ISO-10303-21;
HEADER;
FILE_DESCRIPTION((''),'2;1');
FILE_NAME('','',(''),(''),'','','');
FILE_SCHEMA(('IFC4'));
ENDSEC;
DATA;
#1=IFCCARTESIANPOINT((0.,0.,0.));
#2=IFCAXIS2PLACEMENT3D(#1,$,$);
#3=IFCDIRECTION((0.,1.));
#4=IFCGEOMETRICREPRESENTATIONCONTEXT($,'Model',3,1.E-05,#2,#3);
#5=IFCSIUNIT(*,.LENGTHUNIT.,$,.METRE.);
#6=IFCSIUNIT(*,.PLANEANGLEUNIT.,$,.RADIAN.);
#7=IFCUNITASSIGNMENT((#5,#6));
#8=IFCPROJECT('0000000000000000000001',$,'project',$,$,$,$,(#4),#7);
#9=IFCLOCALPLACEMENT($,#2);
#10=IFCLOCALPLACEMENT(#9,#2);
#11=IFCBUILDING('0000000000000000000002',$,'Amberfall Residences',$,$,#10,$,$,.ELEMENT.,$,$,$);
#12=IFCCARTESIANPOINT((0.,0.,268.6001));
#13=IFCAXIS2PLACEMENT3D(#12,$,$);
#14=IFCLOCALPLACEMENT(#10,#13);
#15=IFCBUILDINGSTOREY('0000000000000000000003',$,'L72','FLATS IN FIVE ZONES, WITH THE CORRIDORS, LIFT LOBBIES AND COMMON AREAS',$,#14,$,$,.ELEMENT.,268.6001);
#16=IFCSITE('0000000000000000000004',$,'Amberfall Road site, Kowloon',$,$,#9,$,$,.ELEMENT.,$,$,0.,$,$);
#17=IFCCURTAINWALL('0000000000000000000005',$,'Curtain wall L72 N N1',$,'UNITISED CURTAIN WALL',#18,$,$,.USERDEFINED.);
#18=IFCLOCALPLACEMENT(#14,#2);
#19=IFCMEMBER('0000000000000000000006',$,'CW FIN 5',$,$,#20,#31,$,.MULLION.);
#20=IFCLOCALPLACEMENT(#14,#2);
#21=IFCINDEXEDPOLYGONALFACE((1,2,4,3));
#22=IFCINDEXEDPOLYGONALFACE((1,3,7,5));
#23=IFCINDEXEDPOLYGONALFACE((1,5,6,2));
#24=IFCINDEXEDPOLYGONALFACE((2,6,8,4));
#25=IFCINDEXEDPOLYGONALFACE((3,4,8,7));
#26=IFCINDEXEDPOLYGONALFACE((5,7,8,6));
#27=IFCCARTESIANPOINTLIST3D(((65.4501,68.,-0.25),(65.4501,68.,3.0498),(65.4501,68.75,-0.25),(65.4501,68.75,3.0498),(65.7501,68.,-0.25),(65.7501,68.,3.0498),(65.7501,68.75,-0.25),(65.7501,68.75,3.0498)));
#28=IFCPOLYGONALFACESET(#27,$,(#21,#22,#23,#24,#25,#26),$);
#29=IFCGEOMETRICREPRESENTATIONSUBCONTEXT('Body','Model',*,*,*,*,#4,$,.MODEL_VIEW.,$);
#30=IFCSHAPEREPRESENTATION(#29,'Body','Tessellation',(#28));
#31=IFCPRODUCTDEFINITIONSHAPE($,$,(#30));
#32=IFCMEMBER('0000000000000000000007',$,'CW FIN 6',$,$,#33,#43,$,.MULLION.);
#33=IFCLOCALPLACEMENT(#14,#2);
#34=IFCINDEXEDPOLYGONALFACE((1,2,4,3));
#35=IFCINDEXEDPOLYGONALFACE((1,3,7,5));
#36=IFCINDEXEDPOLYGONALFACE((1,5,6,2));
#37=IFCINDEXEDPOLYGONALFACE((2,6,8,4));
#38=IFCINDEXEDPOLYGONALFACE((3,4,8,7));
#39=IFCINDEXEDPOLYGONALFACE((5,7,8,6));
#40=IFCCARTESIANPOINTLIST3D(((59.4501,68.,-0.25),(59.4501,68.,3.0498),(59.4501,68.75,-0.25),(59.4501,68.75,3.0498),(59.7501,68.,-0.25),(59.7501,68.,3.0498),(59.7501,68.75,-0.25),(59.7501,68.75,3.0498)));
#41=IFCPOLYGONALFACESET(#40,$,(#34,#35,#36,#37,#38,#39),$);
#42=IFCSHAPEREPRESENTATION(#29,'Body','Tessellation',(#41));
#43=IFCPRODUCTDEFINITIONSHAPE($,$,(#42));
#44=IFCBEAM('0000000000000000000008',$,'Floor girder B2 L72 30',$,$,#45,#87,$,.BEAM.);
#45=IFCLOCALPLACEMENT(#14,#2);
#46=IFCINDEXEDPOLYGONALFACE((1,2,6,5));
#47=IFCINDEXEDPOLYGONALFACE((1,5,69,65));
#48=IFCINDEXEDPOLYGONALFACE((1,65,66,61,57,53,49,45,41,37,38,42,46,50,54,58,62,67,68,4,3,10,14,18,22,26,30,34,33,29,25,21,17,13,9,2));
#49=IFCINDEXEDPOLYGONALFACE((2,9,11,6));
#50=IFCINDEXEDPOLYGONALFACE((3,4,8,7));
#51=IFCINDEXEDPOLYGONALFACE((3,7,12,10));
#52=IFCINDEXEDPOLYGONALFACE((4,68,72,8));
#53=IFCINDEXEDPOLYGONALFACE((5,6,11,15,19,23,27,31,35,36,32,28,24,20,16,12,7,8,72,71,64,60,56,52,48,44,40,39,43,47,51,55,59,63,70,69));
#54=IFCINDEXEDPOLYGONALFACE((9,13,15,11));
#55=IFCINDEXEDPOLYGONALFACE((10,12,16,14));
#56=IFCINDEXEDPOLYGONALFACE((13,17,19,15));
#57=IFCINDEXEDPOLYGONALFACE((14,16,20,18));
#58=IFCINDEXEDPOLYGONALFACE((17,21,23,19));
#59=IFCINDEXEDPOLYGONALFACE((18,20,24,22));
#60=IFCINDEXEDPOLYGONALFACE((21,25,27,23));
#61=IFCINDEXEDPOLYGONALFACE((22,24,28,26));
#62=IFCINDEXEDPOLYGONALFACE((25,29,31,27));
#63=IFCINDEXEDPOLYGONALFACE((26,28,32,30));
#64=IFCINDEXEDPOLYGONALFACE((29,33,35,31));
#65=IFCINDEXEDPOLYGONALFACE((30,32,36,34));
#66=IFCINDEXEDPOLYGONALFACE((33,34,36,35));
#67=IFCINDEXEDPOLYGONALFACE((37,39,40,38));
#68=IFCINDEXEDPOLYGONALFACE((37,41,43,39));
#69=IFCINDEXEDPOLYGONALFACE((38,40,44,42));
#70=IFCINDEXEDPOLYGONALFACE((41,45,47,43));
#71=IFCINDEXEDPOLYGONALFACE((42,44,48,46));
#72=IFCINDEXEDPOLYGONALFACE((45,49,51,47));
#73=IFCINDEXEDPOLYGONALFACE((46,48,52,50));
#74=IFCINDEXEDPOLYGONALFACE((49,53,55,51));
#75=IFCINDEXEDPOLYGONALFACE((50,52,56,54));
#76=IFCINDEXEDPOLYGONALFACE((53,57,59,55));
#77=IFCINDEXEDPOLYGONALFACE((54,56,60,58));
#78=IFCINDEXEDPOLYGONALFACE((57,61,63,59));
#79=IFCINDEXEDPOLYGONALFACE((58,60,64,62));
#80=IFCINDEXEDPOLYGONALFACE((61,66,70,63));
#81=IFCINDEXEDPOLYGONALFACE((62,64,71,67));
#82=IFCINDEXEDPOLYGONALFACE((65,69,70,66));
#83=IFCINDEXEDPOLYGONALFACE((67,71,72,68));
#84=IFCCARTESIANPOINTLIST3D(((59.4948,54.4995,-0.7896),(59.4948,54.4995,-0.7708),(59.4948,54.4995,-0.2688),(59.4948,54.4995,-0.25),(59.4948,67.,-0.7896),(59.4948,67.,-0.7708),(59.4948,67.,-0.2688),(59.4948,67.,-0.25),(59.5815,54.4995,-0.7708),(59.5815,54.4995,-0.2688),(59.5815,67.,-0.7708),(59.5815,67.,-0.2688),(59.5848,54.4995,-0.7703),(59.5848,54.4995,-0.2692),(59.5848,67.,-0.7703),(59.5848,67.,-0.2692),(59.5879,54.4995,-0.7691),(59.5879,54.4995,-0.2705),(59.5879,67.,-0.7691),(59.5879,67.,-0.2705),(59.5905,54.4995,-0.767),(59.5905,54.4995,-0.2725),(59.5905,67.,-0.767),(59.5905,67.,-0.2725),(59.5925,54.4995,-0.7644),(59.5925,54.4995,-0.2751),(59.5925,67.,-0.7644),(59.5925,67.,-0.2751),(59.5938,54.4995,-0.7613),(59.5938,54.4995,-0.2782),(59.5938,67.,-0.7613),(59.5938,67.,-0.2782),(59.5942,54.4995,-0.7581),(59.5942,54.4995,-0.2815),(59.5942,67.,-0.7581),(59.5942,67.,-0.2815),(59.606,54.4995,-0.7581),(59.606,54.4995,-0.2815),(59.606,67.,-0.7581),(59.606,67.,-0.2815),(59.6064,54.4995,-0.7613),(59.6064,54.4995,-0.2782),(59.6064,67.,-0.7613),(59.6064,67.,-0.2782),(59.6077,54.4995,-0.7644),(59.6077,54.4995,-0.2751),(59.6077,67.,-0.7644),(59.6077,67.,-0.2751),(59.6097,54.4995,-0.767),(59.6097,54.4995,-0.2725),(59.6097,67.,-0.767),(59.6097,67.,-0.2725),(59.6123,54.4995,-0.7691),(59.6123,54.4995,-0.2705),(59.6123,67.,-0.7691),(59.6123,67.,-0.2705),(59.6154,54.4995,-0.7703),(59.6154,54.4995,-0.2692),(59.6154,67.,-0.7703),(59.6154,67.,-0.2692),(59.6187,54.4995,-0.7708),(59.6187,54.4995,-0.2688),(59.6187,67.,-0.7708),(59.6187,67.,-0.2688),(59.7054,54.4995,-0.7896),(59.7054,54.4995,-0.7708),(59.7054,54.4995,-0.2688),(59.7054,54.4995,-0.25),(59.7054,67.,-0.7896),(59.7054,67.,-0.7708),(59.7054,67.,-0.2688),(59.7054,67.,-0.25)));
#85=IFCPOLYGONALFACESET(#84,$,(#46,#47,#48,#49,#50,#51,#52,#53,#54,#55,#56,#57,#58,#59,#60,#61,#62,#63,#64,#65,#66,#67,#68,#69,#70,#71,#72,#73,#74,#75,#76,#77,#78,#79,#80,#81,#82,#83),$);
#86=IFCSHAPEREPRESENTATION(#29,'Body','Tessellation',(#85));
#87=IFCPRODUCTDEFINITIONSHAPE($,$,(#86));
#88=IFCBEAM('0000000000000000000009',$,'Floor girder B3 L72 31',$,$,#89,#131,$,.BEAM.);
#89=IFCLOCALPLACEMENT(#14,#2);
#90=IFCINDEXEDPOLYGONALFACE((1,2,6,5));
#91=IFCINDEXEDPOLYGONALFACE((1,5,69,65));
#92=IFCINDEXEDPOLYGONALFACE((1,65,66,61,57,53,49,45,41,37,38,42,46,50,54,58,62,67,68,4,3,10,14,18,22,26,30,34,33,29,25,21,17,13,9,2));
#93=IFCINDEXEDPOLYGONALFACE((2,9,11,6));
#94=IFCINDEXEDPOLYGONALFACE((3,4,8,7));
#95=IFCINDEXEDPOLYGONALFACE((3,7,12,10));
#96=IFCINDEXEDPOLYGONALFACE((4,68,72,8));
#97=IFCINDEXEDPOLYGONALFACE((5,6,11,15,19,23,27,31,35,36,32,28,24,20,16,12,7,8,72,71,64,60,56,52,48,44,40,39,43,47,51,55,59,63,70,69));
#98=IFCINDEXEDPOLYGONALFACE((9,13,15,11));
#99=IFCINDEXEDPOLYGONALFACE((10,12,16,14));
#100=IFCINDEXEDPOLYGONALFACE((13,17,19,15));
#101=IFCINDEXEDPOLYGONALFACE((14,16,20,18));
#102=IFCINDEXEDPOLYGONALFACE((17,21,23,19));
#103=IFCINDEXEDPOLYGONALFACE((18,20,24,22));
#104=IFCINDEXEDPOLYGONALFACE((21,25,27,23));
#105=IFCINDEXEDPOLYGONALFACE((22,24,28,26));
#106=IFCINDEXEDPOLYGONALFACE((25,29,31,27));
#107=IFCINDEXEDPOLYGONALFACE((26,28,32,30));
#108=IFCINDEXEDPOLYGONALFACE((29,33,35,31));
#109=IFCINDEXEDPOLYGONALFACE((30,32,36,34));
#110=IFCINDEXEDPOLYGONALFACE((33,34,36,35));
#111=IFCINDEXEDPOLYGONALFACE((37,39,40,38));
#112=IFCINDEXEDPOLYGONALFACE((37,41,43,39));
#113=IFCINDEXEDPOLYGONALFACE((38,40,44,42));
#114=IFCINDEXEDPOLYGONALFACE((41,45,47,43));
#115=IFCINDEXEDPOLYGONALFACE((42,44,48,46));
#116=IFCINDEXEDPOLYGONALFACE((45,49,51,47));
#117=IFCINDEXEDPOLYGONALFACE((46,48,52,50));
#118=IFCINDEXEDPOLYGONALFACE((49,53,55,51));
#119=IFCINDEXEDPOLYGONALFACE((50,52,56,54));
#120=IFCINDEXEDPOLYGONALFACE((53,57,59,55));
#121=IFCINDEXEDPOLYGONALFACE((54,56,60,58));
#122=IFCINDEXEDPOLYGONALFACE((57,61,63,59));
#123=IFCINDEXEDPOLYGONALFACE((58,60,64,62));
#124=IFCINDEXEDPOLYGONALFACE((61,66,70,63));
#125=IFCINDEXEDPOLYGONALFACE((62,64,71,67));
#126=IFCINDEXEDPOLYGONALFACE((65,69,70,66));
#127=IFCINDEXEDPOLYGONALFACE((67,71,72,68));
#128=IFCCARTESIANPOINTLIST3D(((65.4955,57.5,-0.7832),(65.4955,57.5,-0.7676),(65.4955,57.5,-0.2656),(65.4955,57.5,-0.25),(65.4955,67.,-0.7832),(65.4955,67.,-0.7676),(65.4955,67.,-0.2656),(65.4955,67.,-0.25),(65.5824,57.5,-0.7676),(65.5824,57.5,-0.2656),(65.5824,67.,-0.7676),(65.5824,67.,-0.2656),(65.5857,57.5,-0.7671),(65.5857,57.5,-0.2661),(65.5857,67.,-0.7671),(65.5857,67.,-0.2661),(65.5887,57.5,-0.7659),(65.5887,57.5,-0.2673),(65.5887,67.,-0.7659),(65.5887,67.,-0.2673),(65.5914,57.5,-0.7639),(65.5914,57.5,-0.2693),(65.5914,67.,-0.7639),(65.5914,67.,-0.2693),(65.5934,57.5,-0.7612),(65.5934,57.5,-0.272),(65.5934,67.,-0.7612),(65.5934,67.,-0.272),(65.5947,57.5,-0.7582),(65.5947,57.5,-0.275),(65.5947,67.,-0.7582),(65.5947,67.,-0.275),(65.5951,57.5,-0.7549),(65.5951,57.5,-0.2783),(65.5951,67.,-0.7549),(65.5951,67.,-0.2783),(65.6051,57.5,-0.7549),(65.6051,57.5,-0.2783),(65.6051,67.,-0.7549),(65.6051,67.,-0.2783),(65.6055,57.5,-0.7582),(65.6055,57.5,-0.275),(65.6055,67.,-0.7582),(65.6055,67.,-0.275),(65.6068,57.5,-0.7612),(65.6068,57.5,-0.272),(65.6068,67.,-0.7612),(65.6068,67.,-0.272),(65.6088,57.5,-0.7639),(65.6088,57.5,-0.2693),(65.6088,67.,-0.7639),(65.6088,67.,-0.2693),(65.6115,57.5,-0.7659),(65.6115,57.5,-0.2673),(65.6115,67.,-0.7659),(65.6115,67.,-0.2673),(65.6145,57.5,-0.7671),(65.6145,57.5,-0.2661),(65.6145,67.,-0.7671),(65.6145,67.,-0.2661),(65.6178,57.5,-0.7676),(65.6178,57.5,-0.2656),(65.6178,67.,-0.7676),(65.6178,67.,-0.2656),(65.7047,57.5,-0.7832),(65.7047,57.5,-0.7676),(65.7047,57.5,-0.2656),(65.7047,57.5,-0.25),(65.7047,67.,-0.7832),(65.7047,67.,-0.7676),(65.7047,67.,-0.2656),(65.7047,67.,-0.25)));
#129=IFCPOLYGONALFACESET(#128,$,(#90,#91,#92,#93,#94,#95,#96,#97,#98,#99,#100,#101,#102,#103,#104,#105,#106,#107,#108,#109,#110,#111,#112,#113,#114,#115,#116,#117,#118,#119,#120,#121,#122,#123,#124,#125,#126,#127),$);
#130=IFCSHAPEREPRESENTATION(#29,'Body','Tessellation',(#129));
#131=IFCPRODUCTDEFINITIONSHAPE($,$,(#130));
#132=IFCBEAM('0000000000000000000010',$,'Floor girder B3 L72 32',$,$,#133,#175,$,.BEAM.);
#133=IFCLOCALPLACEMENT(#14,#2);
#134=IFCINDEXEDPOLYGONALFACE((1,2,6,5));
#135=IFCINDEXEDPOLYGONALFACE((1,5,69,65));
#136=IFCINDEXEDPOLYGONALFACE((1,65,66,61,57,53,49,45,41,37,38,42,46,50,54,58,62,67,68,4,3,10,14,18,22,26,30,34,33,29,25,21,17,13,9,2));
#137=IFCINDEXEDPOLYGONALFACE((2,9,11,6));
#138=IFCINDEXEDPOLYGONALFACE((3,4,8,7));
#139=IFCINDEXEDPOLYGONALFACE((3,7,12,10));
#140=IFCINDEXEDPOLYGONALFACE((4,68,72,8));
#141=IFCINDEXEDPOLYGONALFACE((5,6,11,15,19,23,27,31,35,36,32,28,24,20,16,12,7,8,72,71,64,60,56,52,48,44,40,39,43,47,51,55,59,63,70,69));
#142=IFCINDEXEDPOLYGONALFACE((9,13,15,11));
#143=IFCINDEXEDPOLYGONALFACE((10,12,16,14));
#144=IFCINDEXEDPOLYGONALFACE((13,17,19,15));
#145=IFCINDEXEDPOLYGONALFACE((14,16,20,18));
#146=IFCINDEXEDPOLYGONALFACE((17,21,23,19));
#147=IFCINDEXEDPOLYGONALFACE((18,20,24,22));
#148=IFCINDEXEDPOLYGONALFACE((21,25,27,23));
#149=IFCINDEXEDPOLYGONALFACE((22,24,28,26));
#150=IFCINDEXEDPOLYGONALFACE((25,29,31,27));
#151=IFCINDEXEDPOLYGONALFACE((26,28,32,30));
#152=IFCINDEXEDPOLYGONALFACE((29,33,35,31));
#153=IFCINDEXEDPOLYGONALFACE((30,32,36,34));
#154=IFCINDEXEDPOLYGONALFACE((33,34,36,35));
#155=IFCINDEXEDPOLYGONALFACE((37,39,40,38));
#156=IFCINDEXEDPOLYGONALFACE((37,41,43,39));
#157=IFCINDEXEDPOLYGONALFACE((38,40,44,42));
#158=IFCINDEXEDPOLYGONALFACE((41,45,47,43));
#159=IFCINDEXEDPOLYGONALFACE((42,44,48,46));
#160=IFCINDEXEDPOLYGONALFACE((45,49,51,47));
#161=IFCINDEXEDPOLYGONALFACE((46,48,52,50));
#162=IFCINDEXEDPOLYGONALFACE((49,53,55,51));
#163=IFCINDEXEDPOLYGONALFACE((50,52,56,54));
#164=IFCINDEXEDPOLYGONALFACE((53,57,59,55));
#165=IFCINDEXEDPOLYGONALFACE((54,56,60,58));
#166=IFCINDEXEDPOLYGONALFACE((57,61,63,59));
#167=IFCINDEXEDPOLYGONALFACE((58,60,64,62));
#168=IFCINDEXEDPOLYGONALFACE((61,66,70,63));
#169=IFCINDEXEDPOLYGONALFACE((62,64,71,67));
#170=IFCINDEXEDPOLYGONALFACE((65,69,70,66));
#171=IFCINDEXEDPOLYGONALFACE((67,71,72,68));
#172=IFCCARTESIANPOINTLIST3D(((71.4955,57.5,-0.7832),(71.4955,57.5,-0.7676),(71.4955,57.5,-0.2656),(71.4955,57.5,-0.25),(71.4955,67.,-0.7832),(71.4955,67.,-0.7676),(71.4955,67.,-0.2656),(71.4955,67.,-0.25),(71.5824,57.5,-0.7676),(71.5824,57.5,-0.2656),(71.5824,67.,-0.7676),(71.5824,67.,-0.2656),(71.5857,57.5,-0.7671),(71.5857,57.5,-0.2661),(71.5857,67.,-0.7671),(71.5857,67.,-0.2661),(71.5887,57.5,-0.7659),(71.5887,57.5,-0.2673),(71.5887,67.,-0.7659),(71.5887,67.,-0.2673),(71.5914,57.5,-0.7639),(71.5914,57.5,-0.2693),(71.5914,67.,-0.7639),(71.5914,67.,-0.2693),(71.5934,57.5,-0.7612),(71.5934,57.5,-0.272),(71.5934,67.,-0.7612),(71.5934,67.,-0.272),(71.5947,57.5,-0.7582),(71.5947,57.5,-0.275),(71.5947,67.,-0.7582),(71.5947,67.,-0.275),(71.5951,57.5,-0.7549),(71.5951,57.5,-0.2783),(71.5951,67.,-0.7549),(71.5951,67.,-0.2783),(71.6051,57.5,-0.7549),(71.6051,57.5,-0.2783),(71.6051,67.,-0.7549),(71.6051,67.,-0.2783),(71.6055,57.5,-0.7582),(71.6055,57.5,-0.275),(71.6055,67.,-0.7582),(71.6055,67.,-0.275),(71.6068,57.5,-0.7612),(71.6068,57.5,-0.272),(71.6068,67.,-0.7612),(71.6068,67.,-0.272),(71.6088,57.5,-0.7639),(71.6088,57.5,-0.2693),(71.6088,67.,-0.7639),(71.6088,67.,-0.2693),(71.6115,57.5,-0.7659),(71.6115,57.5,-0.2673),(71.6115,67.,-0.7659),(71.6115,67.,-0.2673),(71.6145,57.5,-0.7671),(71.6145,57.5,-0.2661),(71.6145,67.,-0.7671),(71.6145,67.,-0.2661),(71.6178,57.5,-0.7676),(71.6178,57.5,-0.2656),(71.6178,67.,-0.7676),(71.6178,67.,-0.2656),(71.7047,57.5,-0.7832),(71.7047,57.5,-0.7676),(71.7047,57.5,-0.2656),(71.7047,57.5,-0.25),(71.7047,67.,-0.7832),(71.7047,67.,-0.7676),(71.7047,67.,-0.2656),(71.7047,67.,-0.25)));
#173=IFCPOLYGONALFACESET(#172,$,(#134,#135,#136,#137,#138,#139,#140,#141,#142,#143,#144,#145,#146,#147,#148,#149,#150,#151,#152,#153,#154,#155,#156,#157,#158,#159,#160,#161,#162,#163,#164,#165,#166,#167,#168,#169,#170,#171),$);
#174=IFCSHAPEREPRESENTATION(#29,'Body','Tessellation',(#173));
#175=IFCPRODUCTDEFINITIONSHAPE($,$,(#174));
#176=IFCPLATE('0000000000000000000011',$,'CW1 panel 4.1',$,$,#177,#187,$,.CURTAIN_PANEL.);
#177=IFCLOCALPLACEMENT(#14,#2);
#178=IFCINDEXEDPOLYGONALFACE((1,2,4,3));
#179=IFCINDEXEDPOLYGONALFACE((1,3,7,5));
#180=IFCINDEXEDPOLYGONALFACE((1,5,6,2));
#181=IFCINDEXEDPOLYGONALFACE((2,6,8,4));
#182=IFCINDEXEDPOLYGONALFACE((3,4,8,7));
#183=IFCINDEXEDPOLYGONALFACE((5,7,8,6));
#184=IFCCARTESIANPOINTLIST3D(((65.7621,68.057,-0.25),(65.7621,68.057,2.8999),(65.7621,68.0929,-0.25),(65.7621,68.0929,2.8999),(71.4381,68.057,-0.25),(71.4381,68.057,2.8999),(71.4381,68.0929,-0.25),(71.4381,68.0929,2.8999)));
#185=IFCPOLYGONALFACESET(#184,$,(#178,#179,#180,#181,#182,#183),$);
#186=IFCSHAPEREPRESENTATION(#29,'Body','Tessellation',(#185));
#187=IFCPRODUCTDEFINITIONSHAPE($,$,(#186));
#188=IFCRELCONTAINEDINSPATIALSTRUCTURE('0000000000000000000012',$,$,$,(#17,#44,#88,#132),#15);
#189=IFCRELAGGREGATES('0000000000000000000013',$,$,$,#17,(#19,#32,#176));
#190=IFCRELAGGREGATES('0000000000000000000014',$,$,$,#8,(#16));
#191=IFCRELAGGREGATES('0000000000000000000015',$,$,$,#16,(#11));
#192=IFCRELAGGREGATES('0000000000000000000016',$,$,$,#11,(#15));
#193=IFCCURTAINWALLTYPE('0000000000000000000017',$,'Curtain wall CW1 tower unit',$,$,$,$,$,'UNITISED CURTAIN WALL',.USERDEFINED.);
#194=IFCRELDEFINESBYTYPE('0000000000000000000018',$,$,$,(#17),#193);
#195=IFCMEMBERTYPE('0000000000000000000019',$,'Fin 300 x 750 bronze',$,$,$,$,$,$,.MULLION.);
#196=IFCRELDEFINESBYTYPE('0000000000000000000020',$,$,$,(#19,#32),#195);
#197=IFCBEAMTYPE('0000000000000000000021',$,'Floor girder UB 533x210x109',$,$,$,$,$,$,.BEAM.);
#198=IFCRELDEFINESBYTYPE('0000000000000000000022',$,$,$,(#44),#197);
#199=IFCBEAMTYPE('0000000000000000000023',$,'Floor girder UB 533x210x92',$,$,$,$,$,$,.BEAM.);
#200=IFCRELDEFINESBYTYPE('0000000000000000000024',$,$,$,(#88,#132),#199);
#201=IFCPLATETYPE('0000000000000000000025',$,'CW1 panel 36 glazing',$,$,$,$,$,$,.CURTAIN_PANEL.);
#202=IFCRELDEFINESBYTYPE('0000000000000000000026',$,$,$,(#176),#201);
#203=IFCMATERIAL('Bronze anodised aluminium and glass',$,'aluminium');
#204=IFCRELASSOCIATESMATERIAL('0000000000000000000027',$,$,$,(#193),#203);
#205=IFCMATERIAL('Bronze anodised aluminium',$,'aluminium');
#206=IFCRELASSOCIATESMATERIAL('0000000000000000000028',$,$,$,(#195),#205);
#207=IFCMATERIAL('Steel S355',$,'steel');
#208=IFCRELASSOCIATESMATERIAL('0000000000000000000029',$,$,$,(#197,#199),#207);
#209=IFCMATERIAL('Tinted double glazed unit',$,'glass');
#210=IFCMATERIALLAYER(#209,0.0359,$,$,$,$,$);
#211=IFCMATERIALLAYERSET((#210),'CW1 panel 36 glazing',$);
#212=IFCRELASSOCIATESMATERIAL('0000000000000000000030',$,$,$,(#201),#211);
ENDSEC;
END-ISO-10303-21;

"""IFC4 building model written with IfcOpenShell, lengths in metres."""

from ifc_helpers import new_model, si_unit, direction, frame, origin, origin_2d, place, context, subcontext, project, spatial, rectangle, i_section, extrude, material, layer, layer_set, material_profile, profile_set, type_object, element, aggregate, save


model = new_model("IFC4")

# Units and contexts
model_context = context("Model", 3, precision=1e-05, world=origin(), true_north=direction((0.0, 1.0)))
body_context = subcontext(model_context, "Body", "Model", "MODEL_VIEW")
ifc_project = project(units=[si_unit("LENGTHUNIT", "METRE"), si_unit("PLANEANGLEUNIT", "RADIAN")], contexts=[model_context])

# Site, building, storey
site_placement = place(None, origin())
site = spatial("IfcSite", under=ifc_project, at=site_placement, Name="Amberfall Road site, Kowloon", CompositionType="ELEMENT", RefElevation=0.0)
building_placement = place(site_placement, origin())
building = spatial("IfcBuilding", under=site, at=building_placement, Name="Amberfall Residences", CompositionType="ELEMENT")
storey_placement = place(building_placement, frame((0.0, 0.0, 268.6001)))
storey = spatial("IfcBuildingStorey", under=building, at=storey_placement, Name="L72", Description="FLATS IN FIVE ZONES, WITH THE CORRIDORS, LIFT LOBBIES AND COMMON AREAS", CompositionType="ELEMENT", Elevation=268.6001)

# Curtain wall
ifc_material_1 = material(Name="Bronze anodised aluminium and glass", Category="aluminium")
curtain_wall_type = type_object("IfcCurtainWallType", Name="Curtain wall CW1 tower unit", ElementType="UNITISED CURTAIN WALL", PredefinedType="USERDEFINED", material=ifc_material_1)
curtain_wall_placement = place(storey_placement, origin())
curtain_wall = element("IfcCurtainWall", 1, at=curtain_wall_placement, inside=storey, type_object=curtain_wall_type, Name="Curtain wall L72 N N1", ObjectType="UNITISED CURTAIN WALL", PredefinedType="USERDEFINED")
ifc_material_2 = material(Name="Bronze anodised aluminium", Category="aluminium")

# Shared definitions
ifc_material_3 = material(Name="Steel S355", Category="steel")

# Members
ifc_material_profile_1 = material_profile(ifc_material_2, rectangle(XDim=0.75, YDim=0.3, at=origin_2d()), Name="Fin 300 x 750 bronze")
ifc_profile_set_1 = profile_set([ifc_material_profile_1], Name="Bronze anodised aluminium")
member_type_1 = type_object("IfcMemberType", Name="Fin 300 x 750 bronze", PredefinedType="MULLION", material=ifc_profile_set_1)
member_1_placement = place(storey_placement, frame((65.6001, 68.375, -0.25), z_axis=(0.0, 0.0, 1.0), x_axis=(0.0, -1.0, 0.0)))
member_1 = element("IfcMember", 2, at=member_1_placement, type_object=member_type_1, Name="CW FIN 5", PredefinedType="MULLION", context=body_context, shape_type="SweptSolid", body=[
    extrude(rectangle(XDim=0.75, YDim=0.3, at=origin_2d()), origin(), (0.0, 0.0, 1.0), 3.2998),
])
member_2_placement = place(storey_placement, frame((59.6001, 68.375, -0.25), z_axis=(0.0, 0.0, 1.0), x_axis=(0.0, -1.0, 0.0)))
member_2 = element("IfcMember", 3, at=member_2_placement, type_object=member_type_1, Name="CW FIN 6", PredefinedType="MULLION", context=body_context, shape_type="SweptSolid", body=[
    extrude(rectangle(XDim=0.75, YDim=0.3, at=origin_2d()), origin(), (0.0, 0.0, 1.0), 3.2998),
])

# Beams
ifc_material_profile_2 = material_profile(ifc_material_3, i_section(OverallWidth=0.2107, OverallDepth=0.5396, WebThickness=0.0117, FlangeThickness=0.0188, FilletRadius=0.0127, at=origin_2d()), Name="UB 533x210x109")
ifc_profile_set_2 = profile_set([ifc_material_profile_2], Name="Steel S355")
beam_type_1 = type_object("IfcBeamType", Name="Floor girder UB 533x210x109", PredefinedType="BEAM", material=ifc_profile_set_2)
beam_placement = place(storey_placement, frame((59.6001, 67.0, -0.5198), z_axis=(0.0, -1.0, 0.0), x_axis=(1.0, 0.0, 0.0)))
element("IfcBeam", 4, at=beam_placement, inside=storey, type_object=beam_type_1, Name="Floor girder B2 L72 30", PredefinedType="BEAM", context=body_context, shape_type="SweptSolid", body=[
    extrude(i_section(OverallWidth=0.2107, OverallDepth=0.5396, WebThickness=0.0117, FlangeThickness=0.0188, FilletRadius=0.0127, at=origin_2d()), origin(), (0.0, 0.0, 1.0), 12.5005),
])
ifc_material_profile_3 = material_profile(ifc_material_3, i_section(OverallWidth=0.2092, OverallDepth=0.5332, WebThickness=0.01, FlangeThickness=0.0156, FilletRadius=0.0127, at=origin_2d()), Name="UB 533x210x92")
ifc_profile_set_3 = profile_set([ifc_material_profile_3], Name="Steel S355")
beam_type_2 = type_object("IfcBeamType", Name="Floor girder UB 533x210x92", PredefinedType="BEAM", material=ifc_profile_set_3)
for number, where, z_axis, x_axis, name in (
    (5, (65.6001, 67.0, -0.5166), (0.0, -1.0, 0.0), (1.0, 0.0, 0.0), "Floor girder B3 L72 31"),
    (6, (71.6001, 67.0, -0.5166), (0.0, -1.0, 0.0), (1.0, 0.0, 0.0), "Floor girder B3 L72 32"),
):
    element("IfcBeam", number, at=place(storey_placement, frame(where, z_axis=z_axis, x_axis=x_axis)), inside=storey, type_object=beam_type_2, Name=name, PredefinedType="BEAM", context=body_context, shape_type="SweptSolid", body=[
        extrude(i_section(OverallWidth=0.2092, OverallDepth=0.5332, WebThickness=0.01, FlangeThickness=0.0156, FilletRadius=0.0127, at=origin_2d()), origin(), (0.0, 0.0, 1.0), 9.5),
    ])

# Plate
ifc_material_4 = material(Name="Tinted double glazed unit", Category="glass")
ifc_layer_1 = layer(ifc_material_4, 0.0359)
ifc_layer_set_1 = layer_set([ifc_layer_1], Name="CW1 panel 36 glazing")
plate_type = type_object("IfcPlateType", Name="CW1 panel 36 glazing", PredefinedType="CURTAIN_PANEL", material=ifc_layer_set_1)
plate_1_placement = place(storey_placement, frame((68.6001, 68.075, -0.25), z_axis=(0.0, 0.0, 1.0), x_axis=(-1.0, 0.0, 0.0)))
plate_1 = element("IfcPlate", 7, at=plate_1_placement, type_object=plate_type, Name="CW1 panel 4.1", PredefinedType="CURTAIN_PANEL", context=body_context, shape_type="SweptSolid", body=[
    extrude(rectangle(XDim=5.676, YDim=0.0359, at=origin_2d()), origin(), (0.0, 0.0, 1.0), 3.1499),
])
aggregate(curtain_wall, [member_1, member_2, plate_1])

save(model, "model.ifc")
